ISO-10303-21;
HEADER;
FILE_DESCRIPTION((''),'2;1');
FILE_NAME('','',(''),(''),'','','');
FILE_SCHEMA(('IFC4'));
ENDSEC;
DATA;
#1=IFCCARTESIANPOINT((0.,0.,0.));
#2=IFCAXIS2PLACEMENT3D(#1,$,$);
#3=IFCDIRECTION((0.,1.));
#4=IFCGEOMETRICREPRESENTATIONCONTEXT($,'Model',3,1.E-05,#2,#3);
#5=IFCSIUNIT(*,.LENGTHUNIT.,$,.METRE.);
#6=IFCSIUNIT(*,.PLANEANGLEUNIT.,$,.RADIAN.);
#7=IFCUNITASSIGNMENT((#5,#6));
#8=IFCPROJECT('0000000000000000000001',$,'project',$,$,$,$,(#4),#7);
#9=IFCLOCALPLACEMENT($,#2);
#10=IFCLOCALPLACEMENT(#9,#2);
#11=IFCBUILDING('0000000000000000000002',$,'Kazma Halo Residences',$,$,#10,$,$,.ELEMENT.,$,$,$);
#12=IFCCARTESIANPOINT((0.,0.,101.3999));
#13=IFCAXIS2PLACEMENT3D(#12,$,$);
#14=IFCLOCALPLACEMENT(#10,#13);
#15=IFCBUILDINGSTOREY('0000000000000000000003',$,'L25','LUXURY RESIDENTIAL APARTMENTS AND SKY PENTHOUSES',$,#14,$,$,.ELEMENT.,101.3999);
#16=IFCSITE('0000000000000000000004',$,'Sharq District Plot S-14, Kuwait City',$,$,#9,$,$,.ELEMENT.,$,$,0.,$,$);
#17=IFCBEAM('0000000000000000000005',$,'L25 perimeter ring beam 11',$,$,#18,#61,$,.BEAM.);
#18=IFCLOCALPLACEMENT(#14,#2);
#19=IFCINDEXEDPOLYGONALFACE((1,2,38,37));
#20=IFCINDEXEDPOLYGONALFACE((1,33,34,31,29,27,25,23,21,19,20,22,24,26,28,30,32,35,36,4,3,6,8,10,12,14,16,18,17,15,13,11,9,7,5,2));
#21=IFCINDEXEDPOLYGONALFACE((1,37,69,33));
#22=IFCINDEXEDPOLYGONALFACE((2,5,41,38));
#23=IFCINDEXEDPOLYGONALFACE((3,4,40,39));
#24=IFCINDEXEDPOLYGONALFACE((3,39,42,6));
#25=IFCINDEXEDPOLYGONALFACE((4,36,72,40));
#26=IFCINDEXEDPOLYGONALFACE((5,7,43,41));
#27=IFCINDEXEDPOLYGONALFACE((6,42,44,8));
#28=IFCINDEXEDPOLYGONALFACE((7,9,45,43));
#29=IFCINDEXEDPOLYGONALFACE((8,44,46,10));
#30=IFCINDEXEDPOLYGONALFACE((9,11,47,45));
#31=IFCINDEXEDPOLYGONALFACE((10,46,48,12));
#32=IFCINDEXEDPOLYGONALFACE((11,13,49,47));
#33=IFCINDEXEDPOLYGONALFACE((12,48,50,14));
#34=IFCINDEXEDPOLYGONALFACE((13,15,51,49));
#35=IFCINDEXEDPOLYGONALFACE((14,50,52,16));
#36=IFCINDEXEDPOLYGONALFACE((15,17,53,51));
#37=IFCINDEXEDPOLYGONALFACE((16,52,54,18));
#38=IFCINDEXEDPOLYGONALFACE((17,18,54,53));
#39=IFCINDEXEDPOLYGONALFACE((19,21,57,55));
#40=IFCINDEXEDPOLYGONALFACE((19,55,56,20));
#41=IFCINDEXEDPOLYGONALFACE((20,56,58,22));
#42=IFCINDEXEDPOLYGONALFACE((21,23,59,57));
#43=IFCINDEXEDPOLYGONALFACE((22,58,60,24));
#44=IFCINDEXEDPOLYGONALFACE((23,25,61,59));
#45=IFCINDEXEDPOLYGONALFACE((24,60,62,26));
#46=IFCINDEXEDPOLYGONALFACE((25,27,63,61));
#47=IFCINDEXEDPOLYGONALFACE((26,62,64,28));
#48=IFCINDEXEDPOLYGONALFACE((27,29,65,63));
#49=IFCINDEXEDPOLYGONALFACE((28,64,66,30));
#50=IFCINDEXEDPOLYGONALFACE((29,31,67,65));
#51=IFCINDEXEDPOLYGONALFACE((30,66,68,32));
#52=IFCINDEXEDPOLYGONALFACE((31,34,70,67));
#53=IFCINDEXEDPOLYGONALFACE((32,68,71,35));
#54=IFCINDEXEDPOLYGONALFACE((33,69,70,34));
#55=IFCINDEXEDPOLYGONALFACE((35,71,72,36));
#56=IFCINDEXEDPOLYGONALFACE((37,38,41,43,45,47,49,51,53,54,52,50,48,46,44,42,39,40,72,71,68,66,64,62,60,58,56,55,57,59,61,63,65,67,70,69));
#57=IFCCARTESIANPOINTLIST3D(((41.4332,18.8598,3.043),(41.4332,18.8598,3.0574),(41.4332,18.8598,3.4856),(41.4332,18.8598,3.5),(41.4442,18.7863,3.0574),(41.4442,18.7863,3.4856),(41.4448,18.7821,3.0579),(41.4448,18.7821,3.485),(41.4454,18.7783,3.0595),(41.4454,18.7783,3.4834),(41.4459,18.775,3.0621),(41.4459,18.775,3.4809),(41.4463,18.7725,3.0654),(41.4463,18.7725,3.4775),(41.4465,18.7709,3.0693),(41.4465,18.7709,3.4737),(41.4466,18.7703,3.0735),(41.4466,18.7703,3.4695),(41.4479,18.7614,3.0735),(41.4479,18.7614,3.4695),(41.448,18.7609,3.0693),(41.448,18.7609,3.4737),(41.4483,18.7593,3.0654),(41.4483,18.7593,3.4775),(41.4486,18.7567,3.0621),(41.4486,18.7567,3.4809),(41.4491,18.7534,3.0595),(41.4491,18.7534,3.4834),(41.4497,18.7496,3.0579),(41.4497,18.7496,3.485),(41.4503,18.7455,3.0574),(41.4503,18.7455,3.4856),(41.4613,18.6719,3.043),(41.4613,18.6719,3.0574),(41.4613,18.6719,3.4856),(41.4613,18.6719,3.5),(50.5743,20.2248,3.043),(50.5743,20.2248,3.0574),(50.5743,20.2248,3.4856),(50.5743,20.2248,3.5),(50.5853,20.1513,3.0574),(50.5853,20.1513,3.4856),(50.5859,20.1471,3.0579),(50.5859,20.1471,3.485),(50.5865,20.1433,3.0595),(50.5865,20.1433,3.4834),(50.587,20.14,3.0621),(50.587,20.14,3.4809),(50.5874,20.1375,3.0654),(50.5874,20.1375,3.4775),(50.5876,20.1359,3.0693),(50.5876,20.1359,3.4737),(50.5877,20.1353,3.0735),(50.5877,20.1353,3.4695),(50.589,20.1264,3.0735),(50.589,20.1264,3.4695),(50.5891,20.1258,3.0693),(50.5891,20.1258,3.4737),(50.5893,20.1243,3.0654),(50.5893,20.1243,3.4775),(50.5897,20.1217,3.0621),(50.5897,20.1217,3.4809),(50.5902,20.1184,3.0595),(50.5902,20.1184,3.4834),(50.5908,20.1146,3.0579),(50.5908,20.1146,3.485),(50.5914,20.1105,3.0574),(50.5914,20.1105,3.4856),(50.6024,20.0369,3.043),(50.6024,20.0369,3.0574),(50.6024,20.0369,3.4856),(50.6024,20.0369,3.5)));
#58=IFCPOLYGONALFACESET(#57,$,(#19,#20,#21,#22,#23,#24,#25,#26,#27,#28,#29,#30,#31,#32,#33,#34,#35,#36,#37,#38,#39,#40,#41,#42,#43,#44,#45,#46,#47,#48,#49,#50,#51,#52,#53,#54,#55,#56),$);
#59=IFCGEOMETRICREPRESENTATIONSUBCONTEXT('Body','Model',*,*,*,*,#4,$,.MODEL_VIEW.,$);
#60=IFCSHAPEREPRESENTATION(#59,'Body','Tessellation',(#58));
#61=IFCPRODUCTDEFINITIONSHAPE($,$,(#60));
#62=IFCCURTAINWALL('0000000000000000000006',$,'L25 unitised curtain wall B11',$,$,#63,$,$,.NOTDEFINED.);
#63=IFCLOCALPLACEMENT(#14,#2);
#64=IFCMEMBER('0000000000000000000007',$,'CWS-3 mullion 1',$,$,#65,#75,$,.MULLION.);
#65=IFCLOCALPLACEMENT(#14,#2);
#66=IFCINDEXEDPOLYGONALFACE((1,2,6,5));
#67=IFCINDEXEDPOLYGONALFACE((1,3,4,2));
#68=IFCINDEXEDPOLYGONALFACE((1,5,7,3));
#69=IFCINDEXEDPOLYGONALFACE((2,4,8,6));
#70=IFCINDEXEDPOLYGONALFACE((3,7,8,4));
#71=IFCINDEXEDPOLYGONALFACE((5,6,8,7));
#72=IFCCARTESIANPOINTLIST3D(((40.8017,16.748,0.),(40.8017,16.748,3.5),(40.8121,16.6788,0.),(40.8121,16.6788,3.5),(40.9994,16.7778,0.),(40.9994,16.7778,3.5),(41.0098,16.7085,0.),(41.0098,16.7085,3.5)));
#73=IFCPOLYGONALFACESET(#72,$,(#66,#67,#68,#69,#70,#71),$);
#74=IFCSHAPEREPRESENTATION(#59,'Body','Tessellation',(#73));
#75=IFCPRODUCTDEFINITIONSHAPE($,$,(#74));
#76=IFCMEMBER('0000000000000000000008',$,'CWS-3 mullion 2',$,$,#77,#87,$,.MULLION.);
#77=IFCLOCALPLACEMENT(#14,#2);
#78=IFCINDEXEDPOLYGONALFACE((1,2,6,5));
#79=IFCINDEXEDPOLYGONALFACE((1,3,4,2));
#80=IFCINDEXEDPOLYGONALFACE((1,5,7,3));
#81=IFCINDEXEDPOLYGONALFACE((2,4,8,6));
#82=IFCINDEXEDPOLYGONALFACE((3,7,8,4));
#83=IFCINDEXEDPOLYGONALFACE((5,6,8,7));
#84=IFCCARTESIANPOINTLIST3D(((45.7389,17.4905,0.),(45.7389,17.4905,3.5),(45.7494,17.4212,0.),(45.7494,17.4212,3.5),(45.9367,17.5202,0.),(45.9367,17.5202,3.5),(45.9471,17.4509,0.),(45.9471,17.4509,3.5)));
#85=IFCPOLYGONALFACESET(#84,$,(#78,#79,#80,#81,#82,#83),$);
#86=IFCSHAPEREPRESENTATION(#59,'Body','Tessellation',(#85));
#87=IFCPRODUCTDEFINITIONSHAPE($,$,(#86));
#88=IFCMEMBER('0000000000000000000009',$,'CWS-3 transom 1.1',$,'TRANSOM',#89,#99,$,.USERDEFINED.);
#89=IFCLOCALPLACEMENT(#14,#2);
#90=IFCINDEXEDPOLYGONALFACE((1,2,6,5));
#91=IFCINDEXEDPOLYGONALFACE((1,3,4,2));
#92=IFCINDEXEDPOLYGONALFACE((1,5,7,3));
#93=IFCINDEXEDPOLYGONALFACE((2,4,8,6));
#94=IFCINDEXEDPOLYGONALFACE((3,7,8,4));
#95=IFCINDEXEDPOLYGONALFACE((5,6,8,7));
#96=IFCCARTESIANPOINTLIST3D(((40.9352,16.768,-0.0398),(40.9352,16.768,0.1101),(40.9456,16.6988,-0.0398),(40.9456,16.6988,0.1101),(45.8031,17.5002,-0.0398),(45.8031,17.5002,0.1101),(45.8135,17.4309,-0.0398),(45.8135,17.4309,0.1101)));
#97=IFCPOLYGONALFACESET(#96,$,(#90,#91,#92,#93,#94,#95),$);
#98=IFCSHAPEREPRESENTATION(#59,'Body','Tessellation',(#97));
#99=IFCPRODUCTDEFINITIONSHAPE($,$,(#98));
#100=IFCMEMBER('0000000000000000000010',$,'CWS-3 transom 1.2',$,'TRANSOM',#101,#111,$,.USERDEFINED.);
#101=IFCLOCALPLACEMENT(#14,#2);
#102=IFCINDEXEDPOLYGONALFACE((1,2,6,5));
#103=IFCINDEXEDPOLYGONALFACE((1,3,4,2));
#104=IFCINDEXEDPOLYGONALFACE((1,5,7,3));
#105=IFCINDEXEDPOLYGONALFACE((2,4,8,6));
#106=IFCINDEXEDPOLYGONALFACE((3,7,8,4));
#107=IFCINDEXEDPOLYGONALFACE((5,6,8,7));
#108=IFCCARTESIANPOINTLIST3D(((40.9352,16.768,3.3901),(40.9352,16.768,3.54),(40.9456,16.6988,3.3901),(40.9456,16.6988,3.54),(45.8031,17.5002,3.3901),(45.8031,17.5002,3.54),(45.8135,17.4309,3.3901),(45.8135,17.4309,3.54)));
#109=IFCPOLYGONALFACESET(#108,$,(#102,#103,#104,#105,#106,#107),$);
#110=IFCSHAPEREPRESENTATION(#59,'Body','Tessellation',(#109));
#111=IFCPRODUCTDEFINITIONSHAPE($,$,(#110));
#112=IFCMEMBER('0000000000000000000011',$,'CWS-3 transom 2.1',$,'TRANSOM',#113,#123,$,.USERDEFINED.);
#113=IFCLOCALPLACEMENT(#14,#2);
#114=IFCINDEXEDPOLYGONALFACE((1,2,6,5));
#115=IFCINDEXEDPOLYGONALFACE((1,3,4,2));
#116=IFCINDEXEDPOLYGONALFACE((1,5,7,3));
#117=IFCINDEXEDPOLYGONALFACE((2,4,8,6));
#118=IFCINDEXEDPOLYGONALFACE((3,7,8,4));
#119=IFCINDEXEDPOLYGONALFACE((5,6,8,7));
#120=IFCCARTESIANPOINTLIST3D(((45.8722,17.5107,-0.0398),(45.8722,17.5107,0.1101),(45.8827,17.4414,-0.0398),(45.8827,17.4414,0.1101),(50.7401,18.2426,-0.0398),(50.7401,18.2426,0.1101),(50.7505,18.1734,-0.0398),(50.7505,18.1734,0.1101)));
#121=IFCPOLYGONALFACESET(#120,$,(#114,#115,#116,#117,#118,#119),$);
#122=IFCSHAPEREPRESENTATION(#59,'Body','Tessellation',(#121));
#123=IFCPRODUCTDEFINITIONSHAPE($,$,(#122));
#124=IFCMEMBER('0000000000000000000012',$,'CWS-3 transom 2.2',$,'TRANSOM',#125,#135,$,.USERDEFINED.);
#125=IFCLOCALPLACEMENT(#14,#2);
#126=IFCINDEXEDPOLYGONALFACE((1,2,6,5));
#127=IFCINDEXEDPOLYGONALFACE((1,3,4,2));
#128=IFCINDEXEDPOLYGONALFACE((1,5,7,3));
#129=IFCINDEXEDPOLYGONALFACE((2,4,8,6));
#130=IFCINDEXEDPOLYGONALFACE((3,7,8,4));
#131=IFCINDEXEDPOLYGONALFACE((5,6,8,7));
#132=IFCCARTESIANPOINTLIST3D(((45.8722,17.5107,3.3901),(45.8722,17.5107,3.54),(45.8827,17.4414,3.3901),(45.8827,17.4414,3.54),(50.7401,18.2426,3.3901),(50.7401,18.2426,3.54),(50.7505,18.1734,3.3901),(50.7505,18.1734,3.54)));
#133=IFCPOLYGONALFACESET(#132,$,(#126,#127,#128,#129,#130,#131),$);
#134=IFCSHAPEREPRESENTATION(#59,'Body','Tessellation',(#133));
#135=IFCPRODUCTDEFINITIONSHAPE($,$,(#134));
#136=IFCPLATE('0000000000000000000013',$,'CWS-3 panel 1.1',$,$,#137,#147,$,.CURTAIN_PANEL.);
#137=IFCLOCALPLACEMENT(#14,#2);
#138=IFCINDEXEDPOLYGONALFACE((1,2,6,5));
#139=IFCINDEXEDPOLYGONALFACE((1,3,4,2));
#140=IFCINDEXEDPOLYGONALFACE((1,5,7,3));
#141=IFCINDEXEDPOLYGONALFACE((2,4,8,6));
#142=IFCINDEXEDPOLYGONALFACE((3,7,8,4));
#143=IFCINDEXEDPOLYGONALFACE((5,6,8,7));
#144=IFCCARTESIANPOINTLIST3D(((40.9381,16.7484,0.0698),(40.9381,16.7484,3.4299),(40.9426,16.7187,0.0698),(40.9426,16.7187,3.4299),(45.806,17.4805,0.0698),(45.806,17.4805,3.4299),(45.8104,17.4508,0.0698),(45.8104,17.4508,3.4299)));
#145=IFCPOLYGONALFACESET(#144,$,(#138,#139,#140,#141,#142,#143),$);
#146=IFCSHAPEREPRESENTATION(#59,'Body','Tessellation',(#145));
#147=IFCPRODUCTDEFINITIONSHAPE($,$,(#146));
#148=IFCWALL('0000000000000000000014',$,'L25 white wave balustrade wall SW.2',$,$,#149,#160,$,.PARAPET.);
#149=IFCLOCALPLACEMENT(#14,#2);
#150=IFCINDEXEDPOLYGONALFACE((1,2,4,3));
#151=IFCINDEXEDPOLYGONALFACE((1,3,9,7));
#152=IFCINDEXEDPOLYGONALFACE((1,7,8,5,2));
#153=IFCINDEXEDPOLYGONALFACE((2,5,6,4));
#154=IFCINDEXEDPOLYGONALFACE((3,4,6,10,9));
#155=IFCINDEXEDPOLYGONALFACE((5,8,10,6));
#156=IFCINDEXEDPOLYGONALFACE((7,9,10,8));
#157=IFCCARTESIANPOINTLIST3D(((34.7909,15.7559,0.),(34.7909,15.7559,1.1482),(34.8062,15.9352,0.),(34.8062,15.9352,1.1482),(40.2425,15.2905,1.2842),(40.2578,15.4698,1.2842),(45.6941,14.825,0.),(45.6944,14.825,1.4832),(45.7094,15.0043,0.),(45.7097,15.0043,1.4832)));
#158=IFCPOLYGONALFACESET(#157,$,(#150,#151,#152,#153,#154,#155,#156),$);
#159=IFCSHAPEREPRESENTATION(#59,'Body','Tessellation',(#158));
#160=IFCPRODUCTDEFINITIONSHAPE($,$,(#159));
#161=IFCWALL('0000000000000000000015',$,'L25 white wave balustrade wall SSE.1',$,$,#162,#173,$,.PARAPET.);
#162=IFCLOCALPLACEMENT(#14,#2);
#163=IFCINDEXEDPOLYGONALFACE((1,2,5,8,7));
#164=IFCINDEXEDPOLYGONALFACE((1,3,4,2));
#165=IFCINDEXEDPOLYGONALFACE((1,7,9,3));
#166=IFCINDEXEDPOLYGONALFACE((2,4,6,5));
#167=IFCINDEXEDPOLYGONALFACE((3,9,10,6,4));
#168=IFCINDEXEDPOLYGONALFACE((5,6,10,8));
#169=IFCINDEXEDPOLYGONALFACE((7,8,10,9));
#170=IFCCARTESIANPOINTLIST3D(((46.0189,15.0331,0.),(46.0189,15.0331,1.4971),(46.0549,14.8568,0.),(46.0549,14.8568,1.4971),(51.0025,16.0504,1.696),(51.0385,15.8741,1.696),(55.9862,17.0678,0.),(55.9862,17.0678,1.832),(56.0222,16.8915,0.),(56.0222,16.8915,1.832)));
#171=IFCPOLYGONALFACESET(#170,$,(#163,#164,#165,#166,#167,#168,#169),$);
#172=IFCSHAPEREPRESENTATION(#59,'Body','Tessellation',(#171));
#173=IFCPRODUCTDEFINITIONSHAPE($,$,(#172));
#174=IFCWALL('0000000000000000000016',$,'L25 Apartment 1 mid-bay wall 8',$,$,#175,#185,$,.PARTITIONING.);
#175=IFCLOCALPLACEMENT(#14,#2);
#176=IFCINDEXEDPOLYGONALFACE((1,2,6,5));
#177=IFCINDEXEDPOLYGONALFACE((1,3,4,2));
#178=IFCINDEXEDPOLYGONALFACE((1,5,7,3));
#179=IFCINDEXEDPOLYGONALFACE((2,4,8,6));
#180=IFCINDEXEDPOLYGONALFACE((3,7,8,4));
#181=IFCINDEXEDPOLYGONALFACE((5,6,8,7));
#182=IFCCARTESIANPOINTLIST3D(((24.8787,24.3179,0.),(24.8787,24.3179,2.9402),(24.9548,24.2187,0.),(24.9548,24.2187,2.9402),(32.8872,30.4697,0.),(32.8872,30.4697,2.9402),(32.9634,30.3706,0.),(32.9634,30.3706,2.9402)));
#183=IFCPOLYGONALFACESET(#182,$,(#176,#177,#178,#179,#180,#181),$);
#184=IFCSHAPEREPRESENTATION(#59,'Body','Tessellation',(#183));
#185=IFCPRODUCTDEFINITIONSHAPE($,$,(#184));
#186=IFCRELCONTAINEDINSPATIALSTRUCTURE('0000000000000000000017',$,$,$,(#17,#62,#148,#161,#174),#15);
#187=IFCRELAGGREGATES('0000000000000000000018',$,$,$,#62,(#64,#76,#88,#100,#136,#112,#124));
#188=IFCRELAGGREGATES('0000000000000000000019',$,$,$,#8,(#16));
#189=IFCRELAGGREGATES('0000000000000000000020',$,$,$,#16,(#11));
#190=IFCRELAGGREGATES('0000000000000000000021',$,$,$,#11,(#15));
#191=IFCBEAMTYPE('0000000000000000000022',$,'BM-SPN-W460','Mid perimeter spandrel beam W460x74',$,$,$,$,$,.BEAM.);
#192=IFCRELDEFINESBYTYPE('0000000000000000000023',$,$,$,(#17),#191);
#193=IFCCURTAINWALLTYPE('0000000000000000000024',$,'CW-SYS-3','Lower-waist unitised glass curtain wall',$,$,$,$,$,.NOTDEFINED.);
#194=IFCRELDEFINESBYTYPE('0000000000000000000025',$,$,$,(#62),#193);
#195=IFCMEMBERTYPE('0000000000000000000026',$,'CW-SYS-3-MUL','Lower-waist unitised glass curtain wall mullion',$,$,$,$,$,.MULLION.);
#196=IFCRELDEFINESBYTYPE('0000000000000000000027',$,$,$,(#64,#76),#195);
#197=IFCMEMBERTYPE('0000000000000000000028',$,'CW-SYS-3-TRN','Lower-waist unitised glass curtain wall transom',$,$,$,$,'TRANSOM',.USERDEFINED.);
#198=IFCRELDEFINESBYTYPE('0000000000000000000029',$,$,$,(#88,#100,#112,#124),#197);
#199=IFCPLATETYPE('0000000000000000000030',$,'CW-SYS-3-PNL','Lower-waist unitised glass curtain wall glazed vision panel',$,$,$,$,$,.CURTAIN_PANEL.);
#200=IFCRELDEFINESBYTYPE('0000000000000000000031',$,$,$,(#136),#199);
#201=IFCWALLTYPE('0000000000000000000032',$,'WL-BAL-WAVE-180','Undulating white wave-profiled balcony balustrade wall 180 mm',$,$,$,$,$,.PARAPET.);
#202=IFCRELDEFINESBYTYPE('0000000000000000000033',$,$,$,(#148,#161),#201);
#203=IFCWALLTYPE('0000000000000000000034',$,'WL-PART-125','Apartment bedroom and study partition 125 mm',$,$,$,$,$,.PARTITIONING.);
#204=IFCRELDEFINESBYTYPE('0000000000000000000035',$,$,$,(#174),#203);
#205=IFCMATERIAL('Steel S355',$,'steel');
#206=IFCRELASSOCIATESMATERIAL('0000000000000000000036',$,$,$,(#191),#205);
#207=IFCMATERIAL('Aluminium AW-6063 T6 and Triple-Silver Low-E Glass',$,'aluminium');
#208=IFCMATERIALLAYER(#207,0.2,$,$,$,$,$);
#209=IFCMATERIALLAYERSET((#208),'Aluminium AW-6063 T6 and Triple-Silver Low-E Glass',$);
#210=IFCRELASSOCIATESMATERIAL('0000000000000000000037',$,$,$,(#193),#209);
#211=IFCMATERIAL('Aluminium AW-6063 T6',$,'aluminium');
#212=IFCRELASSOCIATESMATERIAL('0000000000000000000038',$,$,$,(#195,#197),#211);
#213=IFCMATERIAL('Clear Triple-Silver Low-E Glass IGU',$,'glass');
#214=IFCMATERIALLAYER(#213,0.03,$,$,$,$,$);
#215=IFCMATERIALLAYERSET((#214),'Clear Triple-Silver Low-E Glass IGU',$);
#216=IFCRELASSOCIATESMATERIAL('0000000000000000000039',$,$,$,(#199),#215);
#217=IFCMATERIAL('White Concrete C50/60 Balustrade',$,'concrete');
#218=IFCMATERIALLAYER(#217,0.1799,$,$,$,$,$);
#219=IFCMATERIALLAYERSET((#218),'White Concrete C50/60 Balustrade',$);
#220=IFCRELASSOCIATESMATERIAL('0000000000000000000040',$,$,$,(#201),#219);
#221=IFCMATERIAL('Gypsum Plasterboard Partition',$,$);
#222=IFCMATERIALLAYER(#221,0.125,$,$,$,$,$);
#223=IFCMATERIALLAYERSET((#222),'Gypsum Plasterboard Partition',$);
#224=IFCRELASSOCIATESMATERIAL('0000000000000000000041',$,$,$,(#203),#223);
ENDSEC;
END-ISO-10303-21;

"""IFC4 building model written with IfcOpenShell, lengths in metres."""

from ifc_helpers import new_model, si_unit, direction, frame, frame_2d, origin, origin_2d, place, context, subcontext, project, spatial, polyline, rectangle, i_section, outline, extrude, material, layer, layer_set, material_profile, profile_set, type_object, element, aggregate, save


model = new_model("IFC4")

# Units and contexts
model_context = context("Model", 3, precision=1e-05, world=origin(), true_north=direction((0.0, 1.0)))
body_context = subcontext(model_context, "Body", "Model", "MODEL_VIEW")
ifc_project = project(units=[si_unit("LENGTHUNIT", "METRE"), si_unit("PLANEANGLEUNIT", "RADIAN")], contexts=[model_context])

# Site, building, storey
site_placement = place(None, origin())
site = spatial("IfcSite", under=ifc_project, at=site_placement, Name="Sharq District Plot S-14, Kuwait City", CompositionType="ELEMENT", RefElevation=0.0)
building_placement = place(site_placement, origin())
building = spatial("IfcBuilding", under=site, at=building_placement, Name="Kazma Halo Residences", CompositionType="ELEMENT")
storey_placement = place(building_placement, frame((0.0, 0.0, 101.3999)))
storey = spatial("IfcBuildingStorey", under=building, at=storey_placement, Name="L25", Description="LUXURY RESIDENTIAL APARTMENTS AND SKY PENTHOUSES", CompositionType="ELEMENT", Elevation=101.3999)

# Beam
ifc_material_1 = material(Name="Steel S355", Category="steel")
ifc_material_profile_1 = material_profile(ifc_material_1, i_section(OverallWidth=0.1899, OverallDepth=0.457, WebThickness=0.009, FlangeThickness=0.0144, FilletRadius=0.0161, at=origin_2d()), Name="W460x74")
ifc_profile_set_1 = profile_set([ifc_material_profile_1], Name="Steel S355")
beam_type_1 = type_object("IfcBeamType", Name="BM-SPN-W460", Description="Mid perimeter spandrel beam W460x74", PredefinedType="BEAM", material=ifc_profile_set_1)
beam_1_placement = place(storey_placement, frame((41.4473, 18.7659, 3.2715), z_axis=(0.989034, 0.147687, 0.0), x_axis=(-0.147687, 0.989034, 0.0)))
element("IfcBeam", 1, at=beam_1_placement, inside=storey, type_object=beam_type_1, Name="L25 perimeter ring beam 11", PredefinedType="BEAM", context=body_context, shape_type="SweptSolid", body=[
    extrude(i_section(OverallWidth=0.1899, OverallDepth=0.457, WebThickness=0.009, FlangeThickness=0.0144, FilletRadius=0.0161, at=origin_2d()), origin(), (0.0, 0.0, 1.0), 9.2424),
])

# Curtain wall, members, plate
ifc_material_2 = material(Name="Aluminium AW-6063 T6 and Triple-Silver Low-E Glass", Category="aluminium")
ifc_layer_1 = layer(ifc_material_2, 0.2)
ifc_layer_set_1 = layer_set([ifc_layer_1], Name="Aluminium AW-6063 T6 and Triple-Silver Low-E Glass")
curtain_wall_type = type_object("IfcCurtainWallType", Name="CW-SYS-3", Description="Lower-waist unitised glass curtain wall", PredefinedType="NOTDEFINED", material=ifc_layer_set_1)
curtain_wall_placement = place(storey_placement, origin())
curtain_wall = element("IfcCurtainWall", 2, at=curtain_wall_placement, inside=storey, type_object=curtain_wall_type, Name="L25 unitised curtain wall B11", PredefinedType="NOTDEFINED")
ifc_material_3 = material(Name="Aluminium AW-6063 T6", Category="aluminium")
ifc_material_profile_2 = material_profile(ifc_material_3, rectangle(XDim=0.0701, YDim=0.2, at=origin_2d()), Name="CWM-70x200")
ifc_profile_set_2 = profile_set([ifc_material_profile_2], Name="Aluminium AW-6063 T6")
member_type_1 = type_object("IfcMemberType", Name="CW-SYS-3-MUL", Description="Lower-waist unitised glass curtain wall mullion", PredefinedType="MULLION", material=ifc_profile_set_2)
member_1_placement = place(storey_placement, frame((40.9058, 16.7283, 0.0), z_axis=(0.0, 0.0, 1.0), x_axis=(-0.148717, 0.98888, 0.0)))
member_1 = element("IfcMember", 3, at=member_1_placement, type_object=member_type_1, Name="CWS-3 mullion 1", PredefinedType="MULLION", context=body_context, shape_type="SweptSolid", body=[
    extrude(rectangle(XDim=0.0701, YDim=0.2, at=origin_2d()), origin(), (0.0, 0.0, 1.0), 3.5),
])
member_2_placement = place(storey_placement, frame((45.843, 17.4707, 0.0), z_axis=(0.0, 0.0, 1.0), x_axis=(-0.148717, 0.98888, 0.0)))
member_2 = element("IfcMember", 4, at=member_2_placement, type_object=member_type_1, Name="CWS-3 mullion 2", PredefinedType="MULLION", context=body_context, shape_type="SweptSolid", body=[
    extrude(rectangle(XDim=0.0701, YDim=0.2, at=origin_2d()), origin(), (0.0, 0.0, 1.0), 3.5),
])
ifc_material_profile_3 = material_profile(ifc_material_3, rectangle(XDim=0.0701, YDim=0.1499, at=origin_2d()), Name="CWT-70x150")
ifc_profile_set_3 = profile_set([ifc_material_profile_3], Name="Aluminium AW-6063 T6")
member_type_2 = type_object("IfcMemberType", Name="CW-SYS-3-TRN", Description="Lower-waist unitised glass curtain wall transom", ElementType="TRANSOM", PredefinedType="USERDEFINED", material=ifc_profile_set_3)
member_3_placement = place(storey_placement, frame((40.9404, 16.7334, 0.0352), z_axis=(0.988877, 0.148736, 0.0), x_axis=(-0.148736, 0.988877, 0.0)))
member_3 = element("IfcMember", 5, at=member_3_placement, type_object=member_type_2, Name="CWS-3 transom 1.1", ObjectType="TRANSOM", PredefinedType="USERDEFINED", context=body_context, shape_type="SweptSolid", body=[
    extrude(rectangle(XDim=0.0701, YDim=0.1499, at=origin_2d()), origin(), (0.0, 0.0, 1.0), 4.9226),
])
member_4_placement = place(storey_placement, frame((40.9404, 16.7334, 3.4651), z_axis=(0.988877, 0.148736, 0.0), x_axis=(-0.148736, 0.988877, 0.0)))
member_4 = element("IfcMember", 6, at=member_4_placement, type_object=member_type_2, Name="CWS-3 transom 1.2", ObjectType="TRANSOM", PredefinedType="USERDEFINED", context=body_context, shape_type="SweptSolid", body=[
    extrude(rectangle(XDim=0.0701, YDim=0.1499, at=origin_2d()), origin(), (0.0, 0.0, 1.0), 4.9226),
])
member_5_placement = place(storey_placement, frame((45.8774, 17.4761, 0.0352), z_axis=(0.988884, 0.148687, 0.0), x_axis=(-0.148687, 0.988884, 0.0)))
member_5 = element("IfcMember", 7, at=member_5_placement, type_object=member_type_2, Name="CWS-3 transom 2.1", ObjectType="TRANSOM", PredefinedType="USERDEFINED", context=body_context, shape_type="SweptSolid", body=[
    extrude(rectangle(XDim=0.0701, YDim=0.1499, at=origin_2d()), origin(), (0.0, 0.0, 1.0), 4.9226),
])
member_6_placement = place(storey_placement, frame((45.8774, 17.4761, 3.4651), z_axis=(0.988884, 0.148687, 0.0), x_axis=(-0.148687, 0.988884, 0.0)))
member_6 = element("IfcMember", 8, at=member_6_placement, type_object=member_type_2, Name="CWS-3 transom 2.2", ObjectType="TRANSOM", PredefinedType="USERDEFINED", context=body_context, shape_type="SweptSolid", body=[
    extrude(rectangle(XDim=0.0701, YDim=0.1499, at=origin_2d()), origin(), (0.0, 0.0, 1.0), 4.9226),
])
ifc_material_4 = material(Name="Clear Triple-Silver Low-E Glass IGU", Category="glass")
ifc_layer_2 = layer(ifc_material_4, 0.03)
ifc_layer_set_2 = layer_set([ifc_layer_2], Name="Clear Triple-Silver Low-E Glass IGU")
plate_type = type_object("IfcPlateType", Name="CW-SYS-3-PNL", Description="Lower-waist unitised glass curtain wall glazed vision panel", PredefinedType="CURTAIN_PANEL", material=ifc_layer_set_2)
plate_placement = place(storey_placement, frame((43.3743, 17.0996, 0.0698), z_axis=(0.0, 0.0, 1.0), x_axis=(0.98888, 0.148717, 0.0)))
plate = element("IfcPlate", 9, at=plate_placement, type_object=plate_type, Name="CWS-3 panel 1.1", PredefinedType="CURTAIN_PANEL", context=body_context, shape_type="SweptSolid", body=[
    extrude(rectangle(XDim=4.9226, YDim=0.03, at=origin_2d()), origin(), (0.0, 0.0, 1.0), 3.3601),
])
aggregate(curtain_wall, [member_1, member_2, member_3, member_4, plate, member_5, member_6])

# Walls
ifc_material_5 = material(Name="White Concrete C50/60 Balustrade", Category="concrete")
ifc_layer_3 = layer(ifc_material_5, 0.1799)
ifc_layer_set_3 = layer_set([ifc_layer_3], Name="White Concrete C50/60 Balustrade")
wall_type_1 = type_object("IfcWallType", Name="WL-BAL-WAVE-180", Description="Undulating white wave-profiled balcony balustrade wall 180 mm", PredefinedType="PARAPET", material=ifc_layer_set_3)
wall_1_placement = place(storey_placement, frame((34.7986, 15.8457, 0.0), z_axis=(0.0, 0.0, 1.0), x_axis=(0.996375, -0.085069, 0.0)))
element("IfcWall", 10, at=wall_1_placement, inside=storey, type_object=wall_type_1, Name="L25 white wave balustrade wall SW.2", PredefinedType="PARAPET", context=body_context, shape_type="SweptSolid", body=[
    extrude(outline(polyline([(0.0, 0.0), (10.9429, 0.0), (10.9431, 1.4832), (5.4714, 1.2842), (0.0, 1.1482), (0.0, 0.0)])), frame((0.0, 0.0898, 0.0), z_axis=(0.0, -1.0, 0.0), x_axis=(1.0, 0.0, 0.0)), (0.0, 0.0, 1.0), 0.1799),
])
wall_2_placement = place(storey_placement, frame((46.0369, 14.9451, 0.0), z_axis=(0.0, 0.0, 1.0), x_axis=(0.979794, 0.20001, 0.0)))
element("IfcWall", 11, at=wall_2_placement, inside=storey, type_object=wall_type_1, Name="L25 white wave balustrade wall SSE.1", PredefinedType="PARAPET", context=body_context, shape_type="SweptSolid", body=[
    extrude(outline(polyline([(0.0, 0.0), (10.1729, 0.0), (10.1729, 1.832), (5.0864, 1.696), (0.0, 1.4971), (0.0, 0.0)])), frame((0.0, 0.0898, 0.0), z_axis=(0.0, -1.0, 0.0), x_axis=(1.0, 0.0, 0.0)), (0.0, 0.0, 1.0), 0.1799),
])
ifc_material_6 = material(Name="Gypsum Plasterboard Partition")
ifc_layer_4 = layer(ifc_material_6, 0.125)
ifc_layer_set_4 = layer_set([ifc_layer_4], Name="Gypsum Plasterboard Partition")
wall_type_2 = type_object("IfcWallType", Name="WL-PART-125", Description="Apartment bedroom and study partition 125 mm", PredefinedType="PARTITIONING", material=ifc_layer_set_4)
wall_3_placement = place(storey_placement, frame((32.9253, 30.4202, 0.0), z_axis=(0.0, 0.0, 1.0), x_axis=(-0.793034, -0.609178, 0.0)))
element("IfcWall", 12, at=wall_3_placement, inside=storey, type_object=wall_type_2, Name="L25 Apartment 1 mid-bay wall 8", PredefinedType="PARTITIONING", context=body_context, shape_type="SweptSolid", body=[
    extrude(rectangle(XDim=10.0986, YDim=0.125, at=frame_2d((5.0493, 0.0))), origin(), (0.0, 0.0, 1.0), 2.9402),
])

save(model, "model.ifc")
